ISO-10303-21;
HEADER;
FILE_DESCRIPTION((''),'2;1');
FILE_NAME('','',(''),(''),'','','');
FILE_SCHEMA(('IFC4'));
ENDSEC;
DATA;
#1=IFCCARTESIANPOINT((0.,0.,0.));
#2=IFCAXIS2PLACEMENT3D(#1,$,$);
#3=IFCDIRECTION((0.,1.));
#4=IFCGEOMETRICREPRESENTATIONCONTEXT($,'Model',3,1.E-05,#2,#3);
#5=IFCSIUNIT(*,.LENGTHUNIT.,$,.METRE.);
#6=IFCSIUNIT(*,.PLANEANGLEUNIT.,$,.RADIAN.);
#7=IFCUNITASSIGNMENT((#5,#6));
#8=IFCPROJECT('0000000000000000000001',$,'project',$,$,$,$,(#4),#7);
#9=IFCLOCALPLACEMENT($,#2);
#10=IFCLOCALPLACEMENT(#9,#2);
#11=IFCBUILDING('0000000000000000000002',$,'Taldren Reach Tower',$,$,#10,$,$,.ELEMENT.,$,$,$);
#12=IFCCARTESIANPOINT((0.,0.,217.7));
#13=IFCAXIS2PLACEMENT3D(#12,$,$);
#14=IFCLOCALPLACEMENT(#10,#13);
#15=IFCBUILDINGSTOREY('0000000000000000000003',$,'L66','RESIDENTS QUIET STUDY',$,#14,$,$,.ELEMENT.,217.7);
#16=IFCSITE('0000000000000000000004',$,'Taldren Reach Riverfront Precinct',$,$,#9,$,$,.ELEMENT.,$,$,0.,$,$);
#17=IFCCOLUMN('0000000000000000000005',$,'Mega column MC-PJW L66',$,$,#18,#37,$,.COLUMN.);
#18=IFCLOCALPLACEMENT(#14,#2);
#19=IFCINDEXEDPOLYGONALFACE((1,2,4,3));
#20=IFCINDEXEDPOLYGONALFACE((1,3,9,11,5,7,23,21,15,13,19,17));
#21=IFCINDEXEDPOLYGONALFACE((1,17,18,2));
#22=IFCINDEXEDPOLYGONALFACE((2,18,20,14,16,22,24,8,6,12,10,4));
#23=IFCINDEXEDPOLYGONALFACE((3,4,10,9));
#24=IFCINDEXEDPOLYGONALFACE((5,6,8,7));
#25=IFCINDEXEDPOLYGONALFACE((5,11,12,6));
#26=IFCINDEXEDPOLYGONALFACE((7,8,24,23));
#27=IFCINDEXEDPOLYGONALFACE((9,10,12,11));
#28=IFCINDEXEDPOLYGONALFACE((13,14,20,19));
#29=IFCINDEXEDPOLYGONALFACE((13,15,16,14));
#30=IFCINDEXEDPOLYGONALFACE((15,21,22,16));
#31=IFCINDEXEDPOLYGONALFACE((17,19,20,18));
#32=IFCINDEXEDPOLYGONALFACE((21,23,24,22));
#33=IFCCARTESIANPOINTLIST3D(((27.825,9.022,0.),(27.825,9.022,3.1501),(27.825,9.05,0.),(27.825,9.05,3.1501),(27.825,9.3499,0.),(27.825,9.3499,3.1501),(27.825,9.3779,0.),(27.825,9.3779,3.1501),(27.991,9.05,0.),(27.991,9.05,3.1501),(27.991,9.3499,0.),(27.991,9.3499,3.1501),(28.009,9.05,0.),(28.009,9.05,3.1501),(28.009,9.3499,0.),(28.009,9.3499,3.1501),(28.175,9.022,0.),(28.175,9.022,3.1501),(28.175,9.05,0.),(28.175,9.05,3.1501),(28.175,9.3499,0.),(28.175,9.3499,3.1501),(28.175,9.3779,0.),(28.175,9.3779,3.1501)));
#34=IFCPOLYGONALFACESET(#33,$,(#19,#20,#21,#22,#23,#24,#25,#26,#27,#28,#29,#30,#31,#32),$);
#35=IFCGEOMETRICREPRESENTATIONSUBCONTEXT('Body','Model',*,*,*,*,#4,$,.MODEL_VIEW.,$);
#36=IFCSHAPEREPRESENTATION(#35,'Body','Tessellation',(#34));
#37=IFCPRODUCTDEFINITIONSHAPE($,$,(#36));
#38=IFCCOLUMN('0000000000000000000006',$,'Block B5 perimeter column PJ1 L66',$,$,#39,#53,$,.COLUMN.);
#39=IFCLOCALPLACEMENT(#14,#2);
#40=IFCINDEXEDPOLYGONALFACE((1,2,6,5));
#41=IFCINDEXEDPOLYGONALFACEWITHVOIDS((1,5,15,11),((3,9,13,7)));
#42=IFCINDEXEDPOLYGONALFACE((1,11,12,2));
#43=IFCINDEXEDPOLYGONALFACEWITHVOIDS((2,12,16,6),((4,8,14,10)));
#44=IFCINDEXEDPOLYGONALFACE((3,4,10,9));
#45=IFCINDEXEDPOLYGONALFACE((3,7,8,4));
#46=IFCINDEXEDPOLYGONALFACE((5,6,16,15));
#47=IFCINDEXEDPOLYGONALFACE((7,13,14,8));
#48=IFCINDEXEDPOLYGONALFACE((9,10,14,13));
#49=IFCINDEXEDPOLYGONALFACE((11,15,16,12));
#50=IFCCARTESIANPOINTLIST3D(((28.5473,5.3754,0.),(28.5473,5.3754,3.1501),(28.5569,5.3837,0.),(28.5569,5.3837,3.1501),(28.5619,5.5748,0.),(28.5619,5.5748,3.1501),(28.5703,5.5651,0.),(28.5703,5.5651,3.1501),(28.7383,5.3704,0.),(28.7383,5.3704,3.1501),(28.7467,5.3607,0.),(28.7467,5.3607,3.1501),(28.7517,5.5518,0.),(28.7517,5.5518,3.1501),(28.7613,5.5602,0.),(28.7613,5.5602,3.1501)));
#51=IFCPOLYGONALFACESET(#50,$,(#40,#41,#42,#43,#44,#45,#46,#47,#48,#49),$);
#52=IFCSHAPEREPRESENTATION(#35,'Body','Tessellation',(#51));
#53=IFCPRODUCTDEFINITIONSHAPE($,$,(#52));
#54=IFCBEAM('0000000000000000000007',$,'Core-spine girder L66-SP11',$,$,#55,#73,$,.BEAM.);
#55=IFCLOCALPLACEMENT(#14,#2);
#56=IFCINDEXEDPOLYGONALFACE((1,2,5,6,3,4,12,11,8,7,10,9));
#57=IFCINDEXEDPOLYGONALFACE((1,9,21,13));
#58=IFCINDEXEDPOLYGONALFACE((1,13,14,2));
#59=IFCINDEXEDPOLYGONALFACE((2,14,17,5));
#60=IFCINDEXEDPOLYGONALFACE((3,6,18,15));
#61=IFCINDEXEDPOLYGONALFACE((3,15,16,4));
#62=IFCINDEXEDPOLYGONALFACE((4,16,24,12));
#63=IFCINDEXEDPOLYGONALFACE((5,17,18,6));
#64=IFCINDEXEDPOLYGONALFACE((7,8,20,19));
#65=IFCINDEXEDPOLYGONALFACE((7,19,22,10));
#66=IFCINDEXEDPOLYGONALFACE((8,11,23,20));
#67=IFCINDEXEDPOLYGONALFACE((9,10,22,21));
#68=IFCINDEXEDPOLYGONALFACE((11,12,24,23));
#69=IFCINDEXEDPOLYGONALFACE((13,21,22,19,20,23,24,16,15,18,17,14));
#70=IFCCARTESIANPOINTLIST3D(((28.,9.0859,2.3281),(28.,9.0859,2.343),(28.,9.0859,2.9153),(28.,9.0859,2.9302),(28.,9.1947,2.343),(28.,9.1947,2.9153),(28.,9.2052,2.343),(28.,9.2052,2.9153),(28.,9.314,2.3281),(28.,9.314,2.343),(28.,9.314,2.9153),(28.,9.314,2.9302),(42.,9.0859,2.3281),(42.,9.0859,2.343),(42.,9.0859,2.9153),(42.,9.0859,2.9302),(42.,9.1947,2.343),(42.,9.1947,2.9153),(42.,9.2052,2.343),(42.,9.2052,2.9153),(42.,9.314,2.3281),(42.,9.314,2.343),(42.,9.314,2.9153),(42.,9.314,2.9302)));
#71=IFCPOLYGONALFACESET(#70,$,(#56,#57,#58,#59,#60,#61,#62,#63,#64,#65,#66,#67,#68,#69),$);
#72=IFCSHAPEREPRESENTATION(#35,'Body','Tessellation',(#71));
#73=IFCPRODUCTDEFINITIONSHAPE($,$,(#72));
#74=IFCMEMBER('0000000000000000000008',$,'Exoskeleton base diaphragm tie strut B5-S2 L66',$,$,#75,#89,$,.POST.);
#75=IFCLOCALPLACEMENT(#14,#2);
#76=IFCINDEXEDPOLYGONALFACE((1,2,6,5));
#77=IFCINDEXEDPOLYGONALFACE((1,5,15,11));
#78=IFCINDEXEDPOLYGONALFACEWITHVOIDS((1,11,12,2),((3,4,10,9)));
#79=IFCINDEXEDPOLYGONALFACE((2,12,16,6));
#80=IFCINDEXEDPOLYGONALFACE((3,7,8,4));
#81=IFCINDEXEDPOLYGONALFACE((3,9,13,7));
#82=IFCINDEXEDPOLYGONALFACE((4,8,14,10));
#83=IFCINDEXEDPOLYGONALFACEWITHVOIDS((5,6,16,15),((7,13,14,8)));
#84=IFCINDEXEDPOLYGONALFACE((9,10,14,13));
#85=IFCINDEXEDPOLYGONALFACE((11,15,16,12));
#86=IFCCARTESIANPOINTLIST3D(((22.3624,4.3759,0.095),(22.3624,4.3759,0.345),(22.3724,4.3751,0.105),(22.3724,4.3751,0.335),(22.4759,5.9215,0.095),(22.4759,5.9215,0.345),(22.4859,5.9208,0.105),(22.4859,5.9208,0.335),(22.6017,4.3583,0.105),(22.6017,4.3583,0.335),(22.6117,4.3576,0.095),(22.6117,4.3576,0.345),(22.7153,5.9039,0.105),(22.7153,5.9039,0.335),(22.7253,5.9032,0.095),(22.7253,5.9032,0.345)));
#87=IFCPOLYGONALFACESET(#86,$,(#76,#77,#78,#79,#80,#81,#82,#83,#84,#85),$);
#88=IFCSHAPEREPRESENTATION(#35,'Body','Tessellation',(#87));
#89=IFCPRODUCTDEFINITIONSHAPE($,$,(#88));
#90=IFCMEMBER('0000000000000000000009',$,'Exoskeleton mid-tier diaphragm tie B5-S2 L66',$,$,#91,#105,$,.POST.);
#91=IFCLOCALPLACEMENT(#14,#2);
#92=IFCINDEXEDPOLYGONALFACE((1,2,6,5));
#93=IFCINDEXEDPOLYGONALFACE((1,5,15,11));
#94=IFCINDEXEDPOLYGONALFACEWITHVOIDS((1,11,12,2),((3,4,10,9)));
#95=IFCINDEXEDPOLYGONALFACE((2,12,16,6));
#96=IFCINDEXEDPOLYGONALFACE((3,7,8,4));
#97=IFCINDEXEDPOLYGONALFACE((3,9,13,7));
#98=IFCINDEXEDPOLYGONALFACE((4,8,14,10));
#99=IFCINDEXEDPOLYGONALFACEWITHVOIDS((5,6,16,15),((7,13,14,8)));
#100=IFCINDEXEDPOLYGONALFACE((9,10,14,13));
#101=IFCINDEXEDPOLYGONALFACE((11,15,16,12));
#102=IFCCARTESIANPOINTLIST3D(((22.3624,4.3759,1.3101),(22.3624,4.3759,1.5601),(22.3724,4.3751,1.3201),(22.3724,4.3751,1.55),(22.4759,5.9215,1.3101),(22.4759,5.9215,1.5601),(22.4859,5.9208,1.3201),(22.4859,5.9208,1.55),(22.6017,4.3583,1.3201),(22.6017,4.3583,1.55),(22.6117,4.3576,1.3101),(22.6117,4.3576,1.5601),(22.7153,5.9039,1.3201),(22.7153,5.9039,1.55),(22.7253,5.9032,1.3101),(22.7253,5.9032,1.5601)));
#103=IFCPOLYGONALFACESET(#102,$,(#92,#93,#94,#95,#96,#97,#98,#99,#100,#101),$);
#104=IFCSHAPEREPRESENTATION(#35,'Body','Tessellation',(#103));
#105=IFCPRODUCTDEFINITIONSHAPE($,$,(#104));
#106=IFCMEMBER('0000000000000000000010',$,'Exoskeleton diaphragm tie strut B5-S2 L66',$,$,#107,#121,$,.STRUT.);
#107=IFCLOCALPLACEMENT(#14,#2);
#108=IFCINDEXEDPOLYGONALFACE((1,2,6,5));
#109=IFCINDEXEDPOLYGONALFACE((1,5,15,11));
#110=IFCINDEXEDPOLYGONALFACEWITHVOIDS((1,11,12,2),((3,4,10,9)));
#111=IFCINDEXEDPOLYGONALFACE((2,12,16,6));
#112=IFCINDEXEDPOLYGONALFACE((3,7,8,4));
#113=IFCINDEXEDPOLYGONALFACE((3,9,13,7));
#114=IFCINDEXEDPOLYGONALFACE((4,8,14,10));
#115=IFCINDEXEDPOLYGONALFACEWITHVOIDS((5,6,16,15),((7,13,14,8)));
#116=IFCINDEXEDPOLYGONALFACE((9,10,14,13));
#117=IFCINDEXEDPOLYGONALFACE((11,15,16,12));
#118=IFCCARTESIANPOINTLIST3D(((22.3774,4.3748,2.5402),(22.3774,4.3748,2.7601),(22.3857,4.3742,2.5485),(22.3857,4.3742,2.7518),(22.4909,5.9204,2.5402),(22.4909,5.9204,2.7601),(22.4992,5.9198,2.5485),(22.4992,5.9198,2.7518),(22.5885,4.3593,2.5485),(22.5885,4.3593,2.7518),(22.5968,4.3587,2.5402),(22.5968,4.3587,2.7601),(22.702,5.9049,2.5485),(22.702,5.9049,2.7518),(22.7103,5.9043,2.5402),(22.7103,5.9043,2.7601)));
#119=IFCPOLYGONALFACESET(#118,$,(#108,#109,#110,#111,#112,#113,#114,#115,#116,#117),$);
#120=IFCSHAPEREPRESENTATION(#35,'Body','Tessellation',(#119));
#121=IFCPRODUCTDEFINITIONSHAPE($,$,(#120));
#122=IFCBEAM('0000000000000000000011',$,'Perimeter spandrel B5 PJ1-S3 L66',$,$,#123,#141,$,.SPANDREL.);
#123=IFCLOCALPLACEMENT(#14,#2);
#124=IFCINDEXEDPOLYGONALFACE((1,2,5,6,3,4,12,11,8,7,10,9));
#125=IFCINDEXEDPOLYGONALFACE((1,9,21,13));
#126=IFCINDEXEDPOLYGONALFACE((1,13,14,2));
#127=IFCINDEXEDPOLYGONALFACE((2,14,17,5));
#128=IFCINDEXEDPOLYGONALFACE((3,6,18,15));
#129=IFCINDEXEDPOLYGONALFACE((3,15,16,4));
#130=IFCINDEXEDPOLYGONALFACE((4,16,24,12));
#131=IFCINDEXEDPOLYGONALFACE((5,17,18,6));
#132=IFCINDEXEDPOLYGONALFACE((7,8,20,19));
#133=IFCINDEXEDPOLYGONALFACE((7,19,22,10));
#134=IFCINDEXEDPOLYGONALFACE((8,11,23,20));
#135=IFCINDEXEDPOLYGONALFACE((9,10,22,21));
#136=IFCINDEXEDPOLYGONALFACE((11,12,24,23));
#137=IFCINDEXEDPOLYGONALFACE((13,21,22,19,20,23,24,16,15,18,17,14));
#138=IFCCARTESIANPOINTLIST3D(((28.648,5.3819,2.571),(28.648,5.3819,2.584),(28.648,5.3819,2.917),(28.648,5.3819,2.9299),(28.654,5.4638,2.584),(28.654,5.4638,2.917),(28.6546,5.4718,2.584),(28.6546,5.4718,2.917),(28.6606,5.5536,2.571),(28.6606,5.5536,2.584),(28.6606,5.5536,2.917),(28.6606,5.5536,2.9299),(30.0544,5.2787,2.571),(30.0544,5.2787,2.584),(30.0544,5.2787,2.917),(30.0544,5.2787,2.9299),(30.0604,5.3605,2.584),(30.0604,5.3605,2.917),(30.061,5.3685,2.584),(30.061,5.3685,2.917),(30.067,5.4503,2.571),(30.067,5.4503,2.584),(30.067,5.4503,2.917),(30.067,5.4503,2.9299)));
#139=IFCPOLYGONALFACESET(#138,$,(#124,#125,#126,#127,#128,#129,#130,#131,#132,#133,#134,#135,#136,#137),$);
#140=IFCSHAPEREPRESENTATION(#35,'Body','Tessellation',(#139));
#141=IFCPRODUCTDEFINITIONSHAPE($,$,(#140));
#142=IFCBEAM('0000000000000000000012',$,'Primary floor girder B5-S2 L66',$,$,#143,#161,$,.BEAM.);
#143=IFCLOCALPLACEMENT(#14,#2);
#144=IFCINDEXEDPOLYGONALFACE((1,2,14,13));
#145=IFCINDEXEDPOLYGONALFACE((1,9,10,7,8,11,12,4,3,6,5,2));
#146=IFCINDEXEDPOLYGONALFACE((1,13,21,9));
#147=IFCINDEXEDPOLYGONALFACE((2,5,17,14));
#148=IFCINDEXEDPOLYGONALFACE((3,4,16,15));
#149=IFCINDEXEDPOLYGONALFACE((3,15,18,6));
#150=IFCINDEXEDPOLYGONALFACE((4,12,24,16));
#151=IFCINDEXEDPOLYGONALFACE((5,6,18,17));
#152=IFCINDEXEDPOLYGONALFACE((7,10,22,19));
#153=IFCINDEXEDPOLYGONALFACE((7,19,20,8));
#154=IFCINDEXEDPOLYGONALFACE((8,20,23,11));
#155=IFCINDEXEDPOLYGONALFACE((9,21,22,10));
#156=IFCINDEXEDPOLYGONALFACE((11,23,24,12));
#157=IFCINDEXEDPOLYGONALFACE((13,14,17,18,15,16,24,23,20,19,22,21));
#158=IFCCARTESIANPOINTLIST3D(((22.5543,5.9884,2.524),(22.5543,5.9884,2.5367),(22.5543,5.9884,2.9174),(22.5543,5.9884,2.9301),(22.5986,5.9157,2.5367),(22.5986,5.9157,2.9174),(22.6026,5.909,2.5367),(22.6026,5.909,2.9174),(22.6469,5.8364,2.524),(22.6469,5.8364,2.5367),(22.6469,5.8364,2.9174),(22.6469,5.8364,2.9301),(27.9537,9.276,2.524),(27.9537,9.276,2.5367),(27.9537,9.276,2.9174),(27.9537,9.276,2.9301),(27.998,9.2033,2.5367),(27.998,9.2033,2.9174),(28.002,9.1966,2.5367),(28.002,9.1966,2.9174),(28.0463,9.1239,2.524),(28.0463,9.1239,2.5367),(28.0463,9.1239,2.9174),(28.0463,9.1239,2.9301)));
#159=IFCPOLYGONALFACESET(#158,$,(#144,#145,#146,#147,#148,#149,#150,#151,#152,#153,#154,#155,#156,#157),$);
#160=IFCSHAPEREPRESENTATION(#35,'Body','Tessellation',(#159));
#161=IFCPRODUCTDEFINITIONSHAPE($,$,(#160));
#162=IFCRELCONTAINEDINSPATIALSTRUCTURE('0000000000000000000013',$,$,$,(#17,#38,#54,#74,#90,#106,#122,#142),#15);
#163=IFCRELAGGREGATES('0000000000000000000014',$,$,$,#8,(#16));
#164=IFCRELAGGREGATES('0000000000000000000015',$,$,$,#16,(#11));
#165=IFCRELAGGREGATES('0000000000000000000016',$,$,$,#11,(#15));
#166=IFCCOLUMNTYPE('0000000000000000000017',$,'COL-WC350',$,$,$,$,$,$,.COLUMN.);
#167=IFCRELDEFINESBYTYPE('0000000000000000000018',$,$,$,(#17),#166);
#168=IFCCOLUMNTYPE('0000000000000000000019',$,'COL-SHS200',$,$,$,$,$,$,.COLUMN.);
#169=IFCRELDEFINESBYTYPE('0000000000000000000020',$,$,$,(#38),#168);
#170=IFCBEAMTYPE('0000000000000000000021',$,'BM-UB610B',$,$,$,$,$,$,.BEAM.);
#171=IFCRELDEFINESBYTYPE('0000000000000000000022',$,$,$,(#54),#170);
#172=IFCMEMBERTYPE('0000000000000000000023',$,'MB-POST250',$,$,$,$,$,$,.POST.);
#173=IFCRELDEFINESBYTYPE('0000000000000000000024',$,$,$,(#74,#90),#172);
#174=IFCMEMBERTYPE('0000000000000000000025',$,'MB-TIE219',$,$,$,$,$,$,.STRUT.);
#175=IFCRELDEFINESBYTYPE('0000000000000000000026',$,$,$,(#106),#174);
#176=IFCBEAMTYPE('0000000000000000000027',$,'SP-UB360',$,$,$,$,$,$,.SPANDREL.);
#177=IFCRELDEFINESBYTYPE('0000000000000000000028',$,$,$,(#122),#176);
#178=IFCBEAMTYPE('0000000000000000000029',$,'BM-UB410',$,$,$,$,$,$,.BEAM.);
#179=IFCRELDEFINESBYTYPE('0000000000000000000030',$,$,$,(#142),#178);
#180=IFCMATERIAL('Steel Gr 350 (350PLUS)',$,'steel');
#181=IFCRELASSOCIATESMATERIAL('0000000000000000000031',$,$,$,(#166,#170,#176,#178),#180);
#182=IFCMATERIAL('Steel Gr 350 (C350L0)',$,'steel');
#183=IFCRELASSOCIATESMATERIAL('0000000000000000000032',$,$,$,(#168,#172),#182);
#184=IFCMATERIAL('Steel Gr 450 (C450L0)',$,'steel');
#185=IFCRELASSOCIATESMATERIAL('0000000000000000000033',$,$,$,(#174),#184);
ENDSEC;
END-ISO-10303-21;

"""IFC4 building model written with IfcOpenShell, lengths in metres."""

from ifc_helpers import new_model, si_unit, direction, frame, origin, origin_2d, place, context, subcontext, project, spatial, hollow_rectangle, i_section, extrude, source, transform, mapped, material, material_profile, profile_set, type_object, element, save


model = new_model("IFC4")

# Units and contexts
model_context = context("Model", 3, precision=1e-05, world=origin(), true_north=direction((0.0, 1.0)))
body_context = subcontext(model_context, "Body", "Model", "MODEL_VIEW")
ifc_project = project(units=[si_unit("LENGTHUNIT", "METRE"), si_unit("PLANEANGLEUNIT", "RADIAN")], contexts=[model_context])

# Site, building, storey
site_placement = place(None, origin())
site = spatial("IfcSite", under=ifc_project, at=site_placement, Name="Taldren Reach Riverfront Precinct", CompositionType="ELEMENT", RefElevation=0.0)
building_placement = place(site_placement, origin())
building = spatial("IfcBuilding", under=site, at=building_placement, Name="Taldren Reach Tower", CompositionType="ELEMENT")
storey_placement = place(building_placement, frame((0.0, 0.0, 217.7)))
storey = spatial("IfcBuildingStorey", under=building, at=storey_placement, Name="L66", Description="RESIDENTS QUIET STUDY", CompositionType="ELEMENT", Elevation=217.7)

# Columns
ifc_material_1 = material(Name="Steel Gr 350 (350PLUS)", Category="steel")
ifc_material_profile_1 = material_profile(ifc_material_1, i_section(OverallWidth=0.3501, OverallDepth=0.356, WebThickness=0.0181, FlangeThickness=0.0281, at=origin_2d()), Name="350WC197")
ifc_profile_set_1 = profile_set([ifc_material_profile_1], Name="Steel Gr 350 (350PLUS)")
column_type_1 = type_object("IfcColumnType", Name="COL-WC350", PredefinedType="COLUMN", material=ifc_profile_set_1)
shared_shape_1 = source(origin(), body_context, "Body", "SweptSolid", [
    extrude(i_section(OverallWidth=0.3501, OverallDepth=0.356, WebThickness=0.0181, FlangeThickness=0.0281, at=origin_2d()), origin(), (0.0, 0.0, 1.0), 3.1501),
])
column_1_placement = place(storey_placement, frame((28.0, 9.2, 0.0), z_axis=(0.0, 0.0, 1.0), x_axis=(1.0, 0.0, 0.0)))
element("IfcColumn", 1, at=column_1_placement, inside=storey, type_object=column_type_1, Name="Mega column MC-PJW L66", PredefinedType="COLUMN", context=body_context, shape_type="MappedRepresentation", body=[
    mapped(shared_shape_1, transform((0.0, 0.0, 0.0), scale=1.0)),
])
ifc_material_2 = material(Name="Steel Gr 350 (C350L0)", Category="steel")
ifc_material_profile_2 = material_profile(ifc_material_2, hollow_rectangle(XDim=0.2, YDim=0.2, WallThickness=0.009, at=origin_2d()), Name="200x200x9.0SHS")
ifc_profile_set_2 = profile_set([ifc_material_profile_2], Name="Steel Gr 350 (C350L0)")
column_type_2 = type_object("IfcColumnType", Name="COL-SHS200", PredefinedType="COLUMN", material=ifc_profile_set_2)
shared_shape_2 = source(origin(), body_context, "Body", "SweptSolid", [
    extrude(hollow_rectangle(XDim=0.2, YDim=0.2, WallThickness=0.009, at=origin_2d()), origin(), (0.0, 0.0, 1.0), 3.1501),
])
column_2_placement = place(storey_placement, frame((28.6543, 5.4678, 0.0), z_axis=(0.0, 0.0, 1.0), x_axis=(0.997314, -0.073238, 0.0)))
element("IfcColumn", 2, at=column_2_placement, inside=storey, type_object=column_type_2, Name="Block B5 perimeter column PJ1 L66", PredefinedType="COLUMN", context=body_context, shape_type="MappedRepresentation", body=[
    mapped(shared_shape_2, transform((0.0, 0.0, 0.0), scale=1.0)),
])

# Beam
ifc_material_profile_3 = material_profile(ifc_material_1, i_section(OverallWidth=0.228, OverallDepth=0.6021, WebThickness=0.0105, FlangeThickness=0.0149, at=origin_2d()), Name="610UB101")
ifc_profile_set_3 = profile_set([ifc_material_profile_3], Name="Steel Gr 350 (350PLUS)")
beam_type_1 = type_object("IfcBeamType", Name="BM-UB610B", PredefinedType="BEAM", material=ifc_profile_set_3)
shared_shape_3 = source(origin(), body_context, "Body", "SweptSolid", [
    extrude(i_section(OverallWidth=0.228, OverallDepth=0.6021, WebThickness=0.0105, FlangeThickness=0.0149, at=origin_2d()), origin(), (0.0, 0.0, 1.0), 14.0),
])
beam_1_placement = place(storey_placement, frame((28.0, 9.2, 2.6292), z_axis=(1.0, 0.0, 0.0), x_axis=(0.0, 1.0, 0.0)))
element("IfcBeam", 3, at=beam_1_placement, inside=storey, type_object=beam_type_1, Name="Core-spine girder L66-SP11", PredefinedType="BEAM", context=body_context, shape_type="MappedRepresentation", body=[
    mapped(shared_shape_3, transform((0.0, 0.0, 0.0), scale=1.0)),
])

# Members
ifc_material_profile_4 = material_profile(ifc_material_2, hollow_rectangle(XDim=0.25, YDim=0.25, WallThickness=0.01, at=origin_2d()), Name="250x250x10.0SHS")
ifc_profile_set_4 = profile_set([ifc_material_profile_4], Name="Steel Gr 350 (C350L0)")
member_type_1 = type_object("IfcMemberType", Name="MB-POST250", PredefinedType="POST", material=ifc_profile_set_4)
shared_shape_4 = source(origin(), body_context, "Body", "SweptSolid", [
    extrude(hollow_rectangle(XDim=0.25, YDim=0.25, WallThickness=0.01, at=origin_2d()), origin(), (0.0, 0.0, 1.0), 1.5498),
])
for number, where, z_axis, x_axis, name in (
    (4, (22.6006, 5.9124, 0.22), (-0.073251, -0.997314, 0.0), (0.997314, -0.073251, 0.0), "Exoskeleton base diaphragm tie strut B5-S2 L66"),
    (5, (22.6006, 5.9124, 1.4351), (-0.073251, -0.997314, 0.0), (0.997314, -0.073251, 0.0), "Exoskeleton mid-tier diaphragm tie B5-S2 L66"),
):
    element("IfcMember", number, at=place(storey_placement, frame(where, z_axis=z_axis, x_axis=x_axis)), inside=storey, type_object=member_type_1, Name=name, PredefinedType="POST", context=body_context, shape_type="MappedRepresentation", body=[
        mapped(shared_shape_4, transform((0.0, 0.0, 0.0), scale=1.0)),
    ])
ifc_material_3 = material(Name="Steel Gr 450 (C450L0)", Category="steel")
ifc_material_profile_5 = material_profile(ifc_material_3, hollow_rectangle(XDim=0.22, YDim=0.22, WallThickness=0.0083, at=origin_2d()), Name="220x220x8.2SHS")
ifc_profile_set_5 = profile_set([ifc_material_profile_5], Name="Steel Gr 450 (C450L0)")
member_type_2 = type_object("IfcMemberType", Name="MB-TIE219", PredefinedType="STRUT", material=ifc_profile_set_5)
shared_shape_5 = source(origin(), body_context, "Body", "SweptSolid", [
    extrude(hollow_rectangle(XDim=0.22, YDim=0.22, WallThickness=0.0083, at=origin_2d()), origin(), (0.0, 0.0, 1.0), 1.5498),
])
member_placement = place(storey_placement, frame((22.6006, 5.9124, 2.6501), z_axis=(-0.073251, -0.997314, 0.0), x_axis=(0.997314, -0.073251, 0.0)))
element("IfcMember", 6, at=member_placement, inside=storey, type_object=member_type_2, Name="Exoskeleton diaphragm tie strut B5-S2 L66", PredefinedType="STRUT", context=body_context, shape_type="MappedRepresentation", body=[
    mapped(shared_shape_5, transform((0.0, 0.0, 0.0), scale=1.0)),
])

# Beams
ifc_material_profile_6 = material_profile(ifc_material_1, i_section(OverallWidth=0.1721, OverallDepth=0.3589, WebThickness=0.0081, FlangeThickness=0.0129, at=origin_2d()), Name="360UB56.7")
ifc_profile_set_6 = profile_set([ifc_material_profile_6], Name="Steel Gr 350 (350PLUS)")
beam_type_2 = type_object("IfcBeamType", Name="SP-UB360", PredefinedType="SPANDREL", material=ifc_profile_set_6)
shared_shape_6 = source(origin(), body_context, "Body", "SweptSolid", [
    extrude(i_section(OverallWidth=0.1721, OverallDepth=0.3589, WebThickness=0.0081, FlangeThickness=0.0129, at=origin_2d()), origin(), (0.0, 0.0, 1.0), 1.4102),
])
beam_2_placement = place(storey_placement, frame((28.6543, 5.4678, 2.7505), z_axis=(0.997314, -0.07324, 0.0), x_axis=(0.07324, 0.997314, 0.0)))
element("IfcBeam", 7, at=beam_2_placement, inside=storey, type_object=beam_type_2, Name="Perimeter spandrel B5 PJ1-S3 L66", PredefinedType="SPANDREL", context=body_context, shape_type="MappedRepresentation", body=[
    mapped(shared_shape_6, transform((0.0, 0.0, 0.0), scale=1.0)),
])
ifc_material_profile_7 = material_profile(ifc_material_1, i_section(OverallWidth=0.178, OverallDepth=0.406, WebThickness=0.0078, FlangeThickness=0.0127, at=origin_2d()), Name="410UB59.7")
ifc_profile_set_7 = profile_set([ifc_material_profile_7], Name="Steel Gr 350 (350PLUS)")
beam_type_3 = type_object("IfcBeamType", Name="BM-UB410", PredefinedType="BEAM", material=ifc_profile_set_7)
shared_shape_7 = source(origin(), body_context, "Body", "SweptSolid", [
    extrude(i_section(OverallWidth=0.178, OverallDepth=0.406, WebThickness=0.0078, FlangeThickness=0.0127, at=origin_2d()), origin(), (0.0, 0.0, 1.0), 6.3215),
])
beam_3_placement = place(storey_placement, frame((28.0, 9.2, 2.7271), z_axis=(-0.854128, -0.520062, 0.0), x_axis=(0.520062, -0.854128, 0.0)))
element("IfcBeam", 8, at=beam_3_placement, inside=storey, type_object=beam_type_3, Name="Primary floor girder B5-S2 L66", PredefinedType="BEAM", context=body_context, shape_type="MappedRepresentation", body=[
    mapped(shared_shape_7, transform((0.0, 0.0, 0.0), scale=1.0)),
])

save(model, "model.ifc")
